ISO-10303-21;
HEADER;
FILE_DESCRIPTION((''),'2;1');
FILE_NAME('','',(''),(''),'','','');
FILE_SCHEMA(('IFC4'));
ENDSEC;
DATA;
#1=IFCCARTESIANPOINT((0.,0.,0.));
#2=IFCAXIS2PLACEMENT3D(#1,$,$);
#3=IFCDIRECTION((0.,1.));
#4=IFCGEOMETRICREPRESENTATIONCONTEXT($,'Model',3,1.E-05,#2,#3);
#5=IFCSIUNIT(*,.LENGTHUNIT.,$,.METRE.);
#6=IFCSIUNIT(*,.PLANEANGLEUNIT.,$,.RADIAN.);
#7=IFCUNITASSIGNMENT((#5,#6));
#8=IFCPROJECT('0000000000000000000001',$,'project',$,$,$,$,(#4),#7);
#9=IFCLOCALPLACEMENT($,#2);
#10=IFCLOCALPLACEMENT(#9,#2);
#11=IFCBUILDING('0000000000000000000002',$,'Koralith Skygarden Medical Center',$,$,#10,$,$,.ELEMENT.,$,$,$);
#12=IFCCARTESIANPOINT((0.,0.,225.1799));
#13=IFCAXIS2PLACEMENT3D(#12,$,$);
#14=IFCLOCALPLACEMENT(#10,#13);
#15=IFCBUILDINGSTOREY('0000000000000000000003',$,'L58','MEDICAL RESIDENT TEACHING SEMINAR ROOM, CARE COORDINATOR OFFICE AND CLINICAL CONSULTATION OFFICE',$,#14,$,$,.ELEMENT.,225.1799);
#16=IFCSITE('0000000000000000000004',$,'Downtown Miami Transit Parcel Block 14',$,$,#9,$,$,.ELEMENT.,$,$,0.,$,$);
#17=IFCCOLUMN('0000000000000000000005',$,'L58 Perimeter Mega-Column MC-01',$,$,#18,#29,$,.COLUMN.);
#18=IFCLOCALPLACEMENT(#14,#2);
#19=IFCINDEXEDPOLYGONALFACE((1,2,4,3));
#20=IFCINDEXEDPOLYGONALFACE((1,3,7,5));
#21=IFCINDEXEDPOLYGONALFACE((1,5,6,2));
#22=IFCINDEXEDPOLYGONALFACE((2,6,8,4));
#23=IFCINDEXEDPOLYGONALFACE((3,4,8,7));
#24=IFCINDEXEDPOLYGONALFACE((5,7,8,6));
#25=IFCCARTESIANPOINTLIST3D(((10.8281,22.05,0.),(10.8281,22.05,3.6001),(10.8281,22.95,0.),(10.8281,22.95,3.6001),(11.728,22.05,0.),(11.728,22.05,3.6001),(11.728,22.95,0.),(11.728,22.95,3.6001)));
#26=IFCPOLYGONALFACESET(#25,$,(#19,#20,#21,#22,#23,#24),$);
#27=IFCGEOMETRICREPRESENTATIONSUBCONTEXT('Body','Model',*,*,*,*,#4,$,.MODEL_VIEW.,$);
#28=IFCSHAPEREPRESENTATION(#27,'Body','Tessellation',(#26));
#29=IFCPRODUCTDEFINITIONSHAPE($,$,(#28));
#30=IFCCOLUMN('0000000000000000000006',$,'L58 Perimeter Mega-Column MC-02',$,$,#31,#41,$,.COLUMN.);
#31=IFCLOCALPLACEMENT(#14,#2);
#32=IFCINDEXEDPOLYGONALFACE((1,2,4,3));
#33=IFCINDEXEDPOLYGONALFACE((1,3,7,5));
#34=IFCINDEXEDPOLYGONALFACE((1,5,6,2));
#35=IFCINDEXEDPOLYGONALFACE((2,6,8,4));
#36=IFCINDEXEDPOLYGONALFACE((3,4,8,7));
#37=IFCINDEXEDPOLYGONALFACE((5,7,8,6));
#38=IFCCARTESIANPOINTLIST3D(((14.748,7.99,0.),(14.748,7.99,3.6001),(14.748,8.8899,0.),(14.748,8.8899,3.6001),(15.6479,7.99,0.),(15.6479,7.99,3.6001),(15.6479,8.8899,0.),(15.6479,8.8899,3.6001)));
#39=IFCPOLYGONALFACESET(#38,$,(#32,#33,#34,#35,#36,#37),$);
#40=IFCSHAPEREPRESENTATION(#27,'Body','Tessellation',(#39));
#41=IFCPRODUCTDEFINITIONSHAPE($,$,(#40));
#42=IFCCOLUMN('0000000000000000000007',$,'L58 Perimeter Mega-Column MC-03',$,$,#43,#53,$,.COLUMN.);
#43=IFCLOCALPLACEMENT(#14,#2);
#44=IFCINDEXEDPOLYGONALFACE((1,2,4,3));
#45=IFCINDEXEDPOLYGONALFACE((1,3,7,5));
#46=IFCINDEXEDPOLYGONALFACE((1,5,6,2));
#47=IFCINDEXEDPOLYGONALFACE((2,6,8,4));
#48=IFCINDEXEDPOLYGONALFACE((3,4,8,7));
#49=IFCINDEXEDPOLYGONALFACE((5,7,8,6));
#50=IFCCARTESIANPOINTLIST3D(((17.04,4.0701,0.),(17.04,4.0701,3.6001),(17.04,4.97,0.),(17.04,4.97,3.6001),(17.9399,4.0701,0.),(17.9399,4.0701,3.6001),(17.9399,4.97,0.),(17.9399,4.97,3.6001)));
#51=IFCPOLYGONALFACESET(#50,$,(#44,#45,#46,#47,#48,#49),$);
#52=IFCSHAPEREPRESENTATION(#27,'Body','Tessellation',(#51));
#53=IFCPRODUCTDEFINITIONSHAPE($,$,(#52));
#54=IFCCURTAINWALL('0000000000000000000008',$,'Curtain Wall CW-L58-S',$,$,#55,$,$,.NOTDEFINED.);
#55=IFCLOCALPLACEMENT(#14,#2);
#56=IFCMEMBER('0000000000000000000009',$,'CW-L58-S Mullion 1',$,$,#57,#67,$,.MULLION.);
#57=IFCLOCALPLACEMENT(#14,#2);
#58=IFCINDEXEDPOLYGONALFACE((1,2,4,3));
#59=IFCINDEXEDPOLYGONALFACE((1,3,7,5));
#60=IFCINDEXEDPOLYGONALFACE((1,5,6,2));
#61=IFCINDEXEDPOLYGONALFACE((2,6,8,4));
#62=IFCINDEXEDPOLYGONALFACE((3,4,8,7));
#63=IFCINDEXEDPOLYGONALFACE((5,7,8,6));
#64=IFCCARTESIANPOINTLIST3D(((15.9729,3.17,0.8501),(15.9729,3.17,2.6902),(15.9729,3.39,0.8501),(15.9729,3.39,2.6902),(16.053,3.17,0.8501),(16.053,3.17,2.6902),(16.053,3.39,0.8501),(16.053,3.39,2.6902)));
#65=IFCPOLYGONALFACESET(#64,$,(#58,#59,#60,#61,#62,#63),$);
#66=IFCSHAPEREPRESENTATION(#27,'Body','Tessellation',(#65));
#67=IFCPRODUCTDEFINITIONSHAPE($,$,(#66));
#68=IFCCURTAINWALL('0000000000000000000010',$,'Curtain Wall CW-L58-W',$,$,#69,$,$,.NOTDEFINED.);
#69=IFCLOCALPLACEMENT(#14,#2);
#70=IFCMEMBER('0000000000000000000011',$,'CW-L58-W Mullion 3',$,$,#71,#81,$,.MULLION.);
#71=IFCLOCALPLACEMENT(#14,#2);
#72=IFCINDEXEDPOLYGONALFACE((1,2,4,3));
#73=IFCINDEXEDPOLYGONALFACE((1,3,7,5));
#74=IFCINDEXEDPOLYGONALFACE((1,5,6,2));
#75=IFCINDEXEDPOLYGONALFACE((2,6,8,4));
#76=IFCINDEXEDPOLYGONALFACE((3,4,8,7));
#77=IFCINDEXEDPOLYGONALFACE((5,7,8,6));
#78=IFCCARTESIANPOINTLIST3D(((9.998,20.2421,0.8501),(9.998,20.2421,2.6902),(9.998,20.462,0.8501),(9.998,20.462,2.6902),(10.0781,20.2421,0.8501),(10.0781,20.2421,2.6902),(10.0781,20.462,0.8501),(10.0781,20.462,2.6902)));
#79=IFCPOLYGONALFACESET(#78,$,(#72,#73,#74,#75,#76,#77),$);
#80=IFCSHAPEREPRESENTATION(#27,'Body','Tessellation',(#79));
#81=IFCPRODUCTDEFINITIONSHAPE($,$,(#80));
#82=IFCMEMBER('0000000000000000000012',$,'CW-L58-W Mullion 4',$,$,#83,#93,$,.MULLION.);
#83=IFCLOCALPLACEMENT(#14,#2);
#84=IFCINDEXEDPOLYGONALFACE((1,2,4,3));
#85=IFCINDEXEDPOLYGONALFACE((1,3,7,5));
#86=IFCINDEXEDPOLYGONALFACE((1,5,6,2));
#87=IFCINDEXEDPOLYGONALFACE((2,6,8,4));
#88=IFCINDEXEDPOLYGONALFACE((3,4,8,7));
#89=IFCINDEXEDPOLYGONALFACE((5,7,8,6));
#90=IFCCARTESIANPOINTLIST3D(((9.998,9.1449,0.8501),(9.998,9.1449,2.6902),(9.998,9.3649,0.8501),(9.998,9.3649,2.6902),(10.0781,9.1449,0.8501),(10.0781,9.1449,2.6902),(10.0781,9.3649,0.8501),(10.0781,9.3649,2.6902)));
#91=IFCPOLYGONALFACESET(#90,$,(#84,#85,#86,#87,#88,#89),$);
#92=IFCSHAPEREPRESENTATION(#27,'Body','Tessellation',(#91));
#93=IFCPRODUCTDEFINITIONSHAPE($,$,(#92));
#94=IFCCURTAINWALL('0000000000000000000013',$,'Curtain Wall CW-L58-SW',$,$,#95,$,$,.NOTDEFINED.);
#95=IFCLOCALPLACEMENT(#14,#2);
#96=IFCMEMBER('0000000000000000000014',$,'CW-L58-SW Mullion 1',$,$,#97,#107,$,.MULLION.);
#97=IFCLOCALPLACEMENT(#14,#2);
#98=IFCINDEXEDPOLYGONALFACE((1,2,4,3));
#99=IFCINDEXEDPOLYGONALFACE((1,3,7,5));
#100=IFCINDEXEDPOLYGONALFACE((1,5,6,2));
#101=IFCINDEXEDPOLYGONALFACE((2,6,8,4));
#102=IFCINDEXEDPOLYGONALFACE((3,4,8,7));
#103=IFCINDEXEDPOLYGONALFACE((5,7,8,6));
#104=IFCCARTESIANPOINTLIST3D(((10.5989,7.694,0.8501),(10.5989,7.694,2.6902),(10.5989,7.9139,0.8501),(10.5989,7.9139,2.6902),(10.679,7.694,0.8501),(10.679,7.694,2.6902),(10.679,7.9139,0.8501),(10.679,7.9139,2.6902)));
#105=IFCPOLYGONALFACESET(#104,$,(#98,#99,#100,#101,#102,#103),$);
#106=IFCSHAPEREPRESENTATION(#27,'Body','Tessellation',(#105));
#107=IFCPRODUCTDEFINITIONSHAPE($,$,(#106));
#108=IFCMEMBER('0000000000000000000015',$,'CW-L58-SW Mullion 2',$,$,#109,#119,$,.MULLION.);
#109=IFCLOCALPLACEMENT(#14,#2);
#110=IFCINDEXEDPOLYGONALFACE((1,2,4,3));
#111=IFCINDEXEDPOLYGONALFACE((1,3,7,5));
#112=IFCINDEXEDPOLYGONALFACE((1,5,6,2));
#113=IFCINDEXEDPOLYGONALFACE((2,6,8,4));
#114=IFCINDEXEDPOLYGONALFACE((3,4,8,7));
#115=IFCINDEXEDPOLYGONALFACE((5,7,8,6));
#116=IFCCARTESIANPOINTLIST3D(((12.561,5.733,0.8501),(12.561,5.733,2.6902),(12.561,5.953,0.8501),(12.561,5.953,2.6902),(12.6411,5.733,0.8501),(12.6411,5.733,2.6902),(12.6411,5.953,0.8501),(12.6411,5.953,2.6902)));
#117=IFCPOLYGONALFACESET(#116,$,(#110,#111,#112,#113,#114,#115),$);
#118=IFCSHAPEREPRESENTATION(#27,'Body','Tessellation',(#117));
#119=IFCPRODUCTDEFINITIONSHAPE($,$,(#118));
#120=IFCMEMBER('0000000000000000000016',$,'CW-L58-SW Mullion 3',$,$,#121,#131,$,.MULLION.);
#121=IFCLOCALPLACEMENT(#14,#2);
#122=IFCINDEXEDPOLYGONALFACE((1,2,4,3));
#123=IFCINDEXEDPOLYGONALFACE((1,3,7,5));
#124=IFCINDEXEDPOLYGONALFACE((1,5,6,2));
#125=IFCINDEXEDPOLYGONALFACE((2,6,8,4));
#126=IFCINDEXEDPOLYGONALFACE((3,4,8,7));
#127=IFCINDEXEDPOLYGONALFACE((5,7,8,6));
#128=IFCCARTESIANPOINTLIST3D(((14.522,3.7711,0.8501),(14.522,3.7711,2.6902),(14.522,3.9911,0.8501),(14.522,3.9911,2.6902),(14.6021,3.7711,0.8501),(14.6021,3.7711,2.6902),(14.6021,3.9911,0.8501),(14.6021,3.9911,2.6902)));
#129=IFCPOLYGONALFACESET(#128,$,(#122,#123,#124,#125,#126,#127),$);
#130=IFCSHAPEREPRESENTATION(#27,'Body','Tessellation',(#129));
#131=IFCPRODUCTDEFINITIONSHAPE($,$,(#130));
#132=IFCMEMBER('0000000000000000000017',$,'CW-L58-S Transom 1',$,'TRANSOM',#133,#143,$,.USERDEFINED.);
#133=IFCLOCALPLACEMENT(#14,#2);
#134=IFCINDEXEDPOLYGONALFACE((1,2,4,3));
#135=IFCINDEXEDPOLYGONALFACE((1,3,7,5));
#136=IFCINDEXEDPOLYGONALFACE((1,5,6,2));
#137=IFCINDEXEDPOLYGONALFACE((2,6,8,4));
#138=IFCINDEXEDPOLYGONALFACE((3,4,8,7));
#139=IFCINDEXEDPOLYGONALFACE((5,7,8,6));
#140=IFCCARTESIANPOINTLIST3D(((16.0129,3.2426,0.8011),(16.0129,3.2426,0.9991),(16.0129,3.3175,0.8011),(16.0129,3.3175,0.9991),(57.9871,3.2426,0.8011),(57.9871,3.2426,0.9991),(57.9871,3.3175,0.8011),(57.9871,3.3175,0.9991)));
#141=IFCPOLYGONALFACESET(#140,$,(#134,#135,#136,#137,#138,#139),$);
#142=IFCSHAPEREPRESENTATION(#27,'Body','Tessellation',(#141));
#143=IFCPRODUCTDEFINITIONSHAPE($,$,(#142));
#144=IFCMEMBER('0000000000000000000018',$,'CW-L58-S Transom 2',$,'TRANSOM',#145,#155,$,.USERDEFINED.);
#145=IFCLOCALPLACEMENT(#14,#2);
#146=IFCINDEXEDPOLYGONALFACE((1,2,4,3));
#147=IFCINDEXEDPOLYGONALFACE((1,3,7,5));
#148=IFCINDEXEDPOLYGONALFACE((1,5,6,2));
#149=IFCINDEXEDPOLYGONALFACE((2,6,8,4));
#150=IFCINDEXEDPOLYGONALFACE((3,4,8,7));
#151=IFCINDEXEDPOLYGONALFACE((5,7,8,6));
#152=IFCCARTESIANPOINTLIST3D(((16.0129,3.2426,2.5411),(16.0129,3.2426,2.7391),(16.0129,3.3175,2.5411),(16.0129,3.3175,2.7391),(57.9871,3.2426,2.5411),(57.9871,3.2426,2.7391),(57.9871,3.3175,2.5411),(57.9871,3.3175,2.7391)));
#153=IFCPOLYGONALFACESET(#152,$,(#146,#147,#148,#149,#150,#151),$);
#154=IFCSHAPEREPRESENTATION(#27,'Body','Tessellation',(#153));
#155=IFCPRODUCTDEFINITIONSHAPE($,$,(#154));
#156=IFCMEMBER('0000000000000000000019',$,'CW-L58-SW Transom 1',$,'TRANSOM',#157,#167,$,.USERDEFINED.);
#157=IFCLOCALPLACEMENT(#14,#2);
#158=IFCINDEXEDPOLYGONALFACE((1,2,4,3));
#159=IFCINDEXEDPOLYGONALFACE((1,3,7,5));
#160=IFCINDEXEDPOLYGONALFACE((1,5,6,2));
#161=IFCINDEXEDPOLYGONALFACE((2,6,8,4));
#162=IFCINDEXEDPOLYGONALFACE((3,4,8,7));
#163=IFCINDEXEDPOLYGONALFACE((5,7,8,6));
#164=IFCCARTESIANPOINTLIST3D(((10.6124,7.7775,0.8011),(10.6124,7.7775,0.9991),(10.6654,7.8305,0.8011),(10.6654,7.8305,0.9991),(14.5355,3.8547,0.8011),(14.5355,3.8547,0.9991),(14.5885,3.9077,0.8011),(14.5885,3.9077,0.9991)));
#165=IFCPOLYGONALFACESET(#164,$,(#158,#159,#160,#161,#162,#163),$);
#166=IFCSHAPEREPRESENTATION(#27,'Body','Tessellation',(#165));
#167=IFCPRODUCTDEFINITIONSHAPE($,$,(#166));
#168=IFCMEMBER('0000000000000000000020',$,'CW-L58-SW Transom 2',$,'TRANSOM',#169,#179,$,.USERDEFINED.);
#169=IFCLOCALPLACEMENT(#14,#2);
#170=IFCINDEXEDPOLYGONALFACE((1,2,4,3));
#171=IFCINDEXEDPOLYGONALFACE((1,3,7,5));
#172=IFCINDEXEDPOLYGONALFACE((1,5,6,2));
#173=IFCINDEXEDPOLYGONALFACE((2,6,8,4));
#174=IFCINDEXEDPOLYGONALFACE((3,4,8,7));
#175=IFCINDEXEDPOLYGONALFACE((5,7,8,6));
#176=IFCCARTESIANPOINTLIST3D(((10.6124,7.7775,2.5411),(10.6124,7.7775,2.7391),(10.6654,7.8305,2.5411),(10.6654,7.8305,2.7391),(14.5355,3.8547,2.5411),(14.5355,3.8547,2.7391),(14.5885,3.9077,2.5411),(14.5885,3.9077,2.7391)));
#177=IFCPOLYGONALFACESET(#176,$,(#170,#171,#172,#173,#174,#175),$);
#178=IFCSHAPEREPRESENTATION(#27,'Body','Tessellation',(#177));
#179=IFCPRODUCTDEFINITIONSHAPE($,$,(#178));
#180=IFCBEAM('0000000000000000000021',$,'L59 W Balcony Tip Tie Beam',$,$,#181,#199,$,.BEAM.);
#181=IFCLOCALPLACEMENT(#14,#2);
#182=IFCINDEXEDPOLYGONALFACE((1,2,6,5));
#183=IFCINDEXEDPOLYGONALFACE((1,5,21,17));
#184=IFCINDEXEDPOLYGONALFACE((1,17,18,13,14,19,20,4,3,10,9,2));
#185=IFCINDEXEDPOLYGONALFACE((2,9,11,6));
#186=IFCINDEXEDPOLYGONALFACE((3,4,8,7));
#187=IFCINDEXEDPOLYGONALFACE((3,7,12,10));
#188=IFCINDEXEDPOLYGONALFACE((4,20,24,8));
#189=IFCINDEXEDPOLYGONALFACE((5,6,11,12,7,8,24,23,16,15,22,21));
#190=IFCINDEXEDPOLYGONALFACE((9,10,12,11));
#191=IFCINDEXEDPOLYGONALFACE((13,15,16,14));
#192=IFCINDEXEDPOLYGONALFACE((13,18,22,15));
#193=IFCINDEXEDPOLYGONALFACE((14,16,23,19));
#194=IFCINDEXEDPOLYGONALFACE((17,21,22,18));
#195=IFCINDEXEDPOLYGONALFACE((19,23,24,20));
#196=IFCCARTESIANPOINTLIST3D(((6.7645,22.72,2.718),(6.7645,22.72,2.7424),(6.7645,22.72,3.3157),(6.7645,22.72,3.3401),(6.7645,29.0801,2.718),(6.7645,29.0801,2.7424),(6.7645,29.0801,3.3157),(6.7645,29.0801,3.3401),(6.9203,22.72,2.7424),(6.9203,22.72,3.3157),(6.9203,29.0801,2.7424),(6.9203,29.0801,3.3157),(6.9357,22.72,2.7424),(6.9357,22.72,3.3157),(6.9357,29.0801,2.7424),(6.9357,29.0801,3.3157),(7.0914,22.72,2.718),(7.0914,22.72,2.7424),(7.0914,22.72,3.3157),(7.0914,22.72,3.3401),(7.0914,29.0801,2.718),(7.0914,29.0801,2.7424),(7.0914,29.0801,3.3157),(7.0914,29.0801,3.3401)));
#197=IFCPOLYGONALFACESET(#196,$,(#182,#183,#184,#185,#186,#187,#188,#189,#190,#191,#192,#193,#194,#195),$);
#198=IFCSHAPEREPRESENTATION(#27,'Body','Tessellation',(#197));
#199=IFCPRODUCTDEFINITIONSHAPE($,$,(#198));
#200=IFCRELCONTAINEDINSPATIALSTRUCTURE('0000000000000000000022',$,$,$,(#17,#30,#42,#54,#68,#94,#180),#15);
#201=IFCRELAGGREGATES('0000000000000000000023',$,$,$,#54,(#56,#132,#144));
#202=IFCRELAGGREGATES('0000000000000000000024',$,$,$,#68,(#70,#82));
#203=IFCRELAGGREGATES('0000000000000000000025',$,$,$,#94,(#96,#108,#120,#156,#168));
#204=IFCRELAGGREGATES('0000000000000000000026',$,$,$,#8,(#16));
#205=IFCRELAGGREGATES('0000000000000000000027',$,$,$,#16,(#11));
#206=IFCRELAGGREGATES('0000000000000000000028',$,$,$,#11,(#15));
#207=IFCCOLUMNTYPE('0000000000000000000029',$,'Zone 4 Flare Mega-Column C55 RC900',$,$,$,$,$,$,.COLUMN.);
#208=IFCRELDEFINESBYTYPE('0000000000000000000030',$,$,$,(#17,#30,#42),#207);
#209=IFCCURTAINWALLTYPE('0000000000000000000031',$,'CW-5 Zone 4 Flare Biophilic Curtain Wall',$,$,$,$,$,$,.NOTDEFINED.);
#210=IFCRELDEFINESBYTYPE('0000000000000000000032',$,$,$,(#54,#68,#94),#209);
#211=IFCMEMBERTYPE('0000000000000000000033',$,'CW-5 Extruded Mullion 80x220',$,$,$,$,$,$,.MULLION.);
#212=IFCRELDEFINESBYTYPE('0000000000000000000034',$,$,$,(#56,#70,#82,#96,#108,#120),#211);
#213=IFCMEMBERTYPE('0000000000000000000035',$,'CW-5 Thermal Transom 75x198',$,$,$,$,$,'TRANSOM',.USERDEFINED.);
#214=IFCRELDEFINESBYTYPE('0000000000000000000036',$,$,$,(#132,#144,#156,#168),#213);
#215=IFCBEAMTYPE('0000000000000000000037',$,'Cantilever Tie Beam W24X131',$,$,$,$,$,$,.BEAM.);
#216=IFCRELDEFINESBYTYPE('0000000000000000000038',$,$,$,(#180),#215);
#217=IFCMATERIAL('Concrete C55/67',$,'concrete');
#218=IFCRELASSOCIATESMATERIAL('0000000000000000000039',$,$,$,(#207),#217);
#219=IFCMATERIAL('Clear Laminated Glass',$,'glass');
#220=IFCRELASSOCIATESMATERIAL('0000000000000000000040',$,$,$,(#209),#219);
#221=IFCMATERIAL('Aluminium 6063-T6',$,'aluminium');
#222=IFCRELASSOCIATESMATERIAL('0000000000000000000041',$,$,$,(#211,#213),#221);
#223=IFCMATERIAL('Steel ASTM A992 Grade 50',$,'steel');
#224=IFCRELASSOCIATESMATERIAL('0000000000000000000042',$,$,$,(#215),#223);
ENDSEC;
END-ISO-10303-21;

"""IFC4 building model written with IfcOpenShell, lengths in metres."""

from ifc_helpers import new_model, si_unit, direction, frame, origin, origin_2d, place, context, subcontext, project, spatial, rectangle, i_section, extrude, material, material_profile, profile_set, type_object, element, aggregate, save


model = new_model("IFC4")

# Units and contexts
model_context = context("Model", 3, precision=1e-05, world=origin(), true_north=direction((0.0, 1.0)))
body_context = subcontext(model_context, "Body", "Model", "MODEL_VIEW")
ifc_project = project(units=[si_unit("LENGTHUNIT", "METRE"), si_unit("PLANEANGLEUNIT", "RADIAN")], contexts=[model_context])

# Site, building, storey
site_placement = place(None, origin())
site = spatial("IfcSite", under=ifc_project, at=site_placement, Name="Downtown Miami Transit Parcel Block 14", CompositionType="ELEMENT", RefElevation=0.0)
building_placement = place(site_placement, origin())
building = spatial("IfcBuilding", under=site, at=building_placement, Name="Koralith Skygarden Medical Center", CompositionType="ELEMENT")
storey_placement = place(building_placement, frame((0.0, 0.0, 225.1799)))
storey = spatial("IfcBuildingStorey", under=building, at=storey_placement, Name="L58", Description="MEDICAL RESIDENT TEACHING SEMINAR ROOM, CARE COORDINATOR OFFICE AND CLINICAL CONSULTATION OFFICE", CompositionType="ELEMENT", Elevation=225.1799)

# Columns
ifc_material_1 = material(Name="Concrete C55/67", Category="concrete")
ifc_material_profile_1 = material_profile(ifc_material_1, rectangle(XDim=0.8999, YDim=0.8999, at=origin_2d()), Name="RC900X900")
ifc_profile_set_1 = profile_set([ifc_material_profile_1], Name="Concrete C55/67")
column_type = type_object("IfcColumnType", Name="Zone 4 Flare Mega-Column C55 RC900", PredefinedType="COLUMN", material=ifc_profile_set_1)
for number, where, z_axis, x_axis, name in (
    (1, (11.2781, 22.5, 0.0), (0.0, 0.0, 1.0), (1.0, 0.0, 0.0), "L58 Perimeter Mega-Column MC-01"),
    (2, (15.198, 8.4399, 0.0), (0.0, 0.0, 1.0), (1.0, 0.0, 0.0), "L58 Perimeter Mega-Column MC-02"),
    (3, (17.49, 4.52, 0.0), (0.0, 0.0, 1.0), (1.0, 0.0, 0.0), "L58 Perimeter Mega-Column MC-03"),
):
    element("IfcColumn", number, at=place(storey_placement, frame(where, z_axis=z_axis, x_axis=x_axis)), inside=storey, type_object=column_type, Name=name, PredefinedType="COLUMN", context=body_context, shape_type="SweptSolid", body=[
        extrude(rectangle(XDim=0.8999, YDim=0.8999, at=origin_2d()), origin(), (0.0, 0.0, 1.0), 3.6001),
    ])

# Curtain wall, member
ifc_material_2 = material(Name="Clear Laminated Glass", Category="glass")
curtain_wall_type = type_object("IfcCurtainWallType", Name="CW-5 Zone 4 Flare Biophilic Curtain Wall", PredefinedType="NOTDEFINED", material=ifc_material_2)
curtain_wall_1_placement = place(storey_placement, origin())
curtain_wall_1 = element("IfcCurtainWall", 4, at=curtain_wall_1_placement, inside=storey, type_object=curtain_wall_type, Name="Curtain Wall CW-L58-S", PredefinedType="NOTDEFINED")
ifc_material_3 = material(Name="Aluminium 6063-T6", Category="aluminium")
ifc_material_profile_2 = material_profile(ifc_material_3, rectangle(XDim=0.0801, YDim=0.22, at=origin_2d()), Name="MUL80X220")
ifc_profile_set_2 = profile_set([ifc_material_profile_2], Name="Aluminium 6063-T6")
member_type_1 = type_object("IfcMemberType", Name="CW-5 Extruded Mullion 80x220", PredefinedType="MULLION", material=ifc_profile_set_2)
member_1_placement = place(storey_placement, frame((16.0129, 3.28, 0.8501), z_axis=(0.0, 0.0, 1.0), x_axis=(1.0, 0.0, 0.0)))
member_1 = element("IfcMember", 5, at=member_1_placement, type_object=member_type_1, Name="CW-L58-S Mullion 1", PredefinedType="MULLION", context=body_context, shape_type="SweptSolid", body=[
    extrude(rectangle(XDim=0.0801, YDim=0.22, at=origin_2d()), origin(), (0.0, 0.0, 1.0), 1.8401),
])

# Curtain walls, members
curtain_wall_2_placement = place(storey_placement, origin())
curtain_wall_2 = element("IfcCurtainWall", 6, at=curtain_wall_2_placement, inside=storey, type_object=curtain_wall_type, Name="Curtain Wall CW-L58-W", PredefinedType="NOTDEFINED")
member_2_placement = place(storey_placement, frame((10.0381, 20.3521, 0.8501), z_axis=(0.0, 0.0, 1.0), x_axis=(1.0, 0.0, 0.0)))
member_2 = element("IfcMember", 7, at=member_2_placement, type_object=member_type_1, Name="CW-L58-W Mullion 3", PredefinedType="MULLION", context=body_context, shape_type="SweptSolid", body=[
    extrude(rectangle(XDim=0.0801, YDim=0.22, at=origin_2d()), origin(), (0.0, 0.0, 1.0), 1.8401),
])
member_3_placement = place(storey_placement, frame((10.0381, 9.2549, 0.8501), z_axis=(0.0, 0.0, 1.0), x_axis=(1.0, 0.0, 0.0)))
member_3 = element("IfcMember", 8, at=member_3_placement, type_object=member_type_1, Name="CW-L58-W Mullion 4", PredefinedType="MULLION", context=body_context, shape_type="SweptSolid", body=[
    extrude(rectangle(XDim=0.0801, YDim=0.22, at=origin_2d()), origin(), (0.0, 0.0, 1.0), 1.8401),
])
curtain_wall_3_placement = place(storey_placement, origin())
curtain_wall_3 = element("IfcCurtainWall", 9, at=curtain_wall_3_placement, inside=storey, type_object=curtain_wall_type, Name="Curtain Wall CW-L58-SW", PredefinedType="NOTDEFINED")
member_4_placement = place(storey_placement, frame((10.6389, 7.804, 0.8501), z_axis=(0.0, 0.0, 1.0), x_axis=(1.0, 0.0, 0.0)))
member_4 = element("IfcMember", 10, at=member_4_placement, type_object=member_type_1, Name="CW-L58-SW Mullion 1", PredefinedType="MULLION", context=body_context, shape_type="SweptSolid", body=[
    extrude(rectangle(XDim=0.0801, YDim=0.22, at=origin_2d()), origin(), (0.0, 0.0, 1.0), 1.8401),
])
member_5_placement = place(storey_placement, frame((12.6011, 5.843, 0.8501), z_axis=(0.0, 0.0, 1.0), x_axis=(1.0, 0.0, 0.0)))
member_5 = element("IfcMember", 11, at=member_5_placement, type_object=member_type_1, Name="CW-L58-SW Mullion 2", PredefinedType="MULLION", context=body_context, shape_type="SweptSolid", body=[
    extrude(rectangle(XDim=0.0801, YDim=0.22, at=origin_2d()), origin(), (0.0, 0.0, 1.0), 1.8401),
])
member_6_placement = place(storey_placement, frame((14.562, 3.8811, 0.8501), z_axis=(0.0, 0.0, 1.0), x_axis=(1.0, 0.0, 0.0)))
member_6 = element("IfcMember", 12, at=member_6_placement, type_object=member_type_1, Name="CW-L58-SW Mullion 3", PredefinedType="MULLION", context=body_context, shape_type="SweptSolid", body=[
    extrude(rectangle(XDim=0.0801, YDim=0.22, at=origin_2d()), origin(), (0.0, 0.0, 1.0), 1.8401),
])

# Members
ifc_material_profile_3 = material_profile(ifc_material_3, rectangle(XDim=0.075, YDim=0.198, at=origin_2d()), Name="TRN75X198")
ifc_profile_set_3 = profile_set([ifc_material_profile_3], Name="Aluminium 6063-T6")
member_type_2 = type_object("IfcMemberType", Name="CW-5 Thermal Transom 75x198", ElementType="TRANSOM", PredefinedType="USERDEFINED", material=ifc_profile_set_3)
member_7_placement = place(storey_placement, frame((16.0129, 3.28, 0.9001), z_axis=(1.0, 0.0, 0.0), x_axis=(0.0, 1.0, 0.0)))
member_7 = element("IfcMember", 13, at=member_7_placement, type_object=member_type_2, Name="CW-L58-S Transom 1", ObjectType="TRANSOM", PredefinedType="USERDEFINED", context=body_context, shape_type="SweptSolid", body=[
    extrude(rectangle(XDim=0.075, YDim=0.198, at=origin_2d()), origin(), (0.0, 0.0, 1.0), 41.9741),
])
member_8_placement = place(storey_placement, frame((16.0129, 3.28, 2.6401), z_axis=(1.0, 0.0, 0.0), x_axis=(0.0, 1.0, 0.0)))
member_8 = element("IfcMember", 14, at=member_8_placement, type_object=member_type_2, Name="CW-L58-S Transom 2", ObjectType="TRANSOM", PredefinedType="USERDEFINED", context=body_context, shape_type="SweptSolid", body=[
    extrude(rectangle(XDim=0.075, YDim=0.198, at=origin_2d()), origin(), (0.0, 0.0, 1.0), 41.9741),
])
aggregate(curtain_wall_1, [member_1, member_7, member_8])
member_9_placement = place(storey_placement, frame((10.6389, 7.804, 0.9001), z_axis=(0.707129, -0.707085, 0.0), x_axis=(0.707085, 0.707129, 0.0)))
member_9 = element("IfcMember", 15, at=member_9_placement, type_object=member_type_2, Name="CW-L58-SW Transom 1", ObjectType="TRANSOM", PredefinedType="USERDEFINED", context=body_context, shape_type="SweptSolid", body=[
    extrude(rectangle(XDim=0.075, YDim=0.198, at=origin_2d()), origin(), (0.0, 0.0, 1.0), 5.5479),
])
member_10_placement = place(storey_placement, frame((10.6389, 7.804, 2.6401), z_axis=(0.707129, -0.707085, 0.0), x_axis=(0.707085, 0.707129, 0.0)))
member_10 = element("IfcMember", 16, at=member_10_placement, type_object=member_type_2, Name="CW-L58-SW Transom 2", ObjectType="TRANSOM", PredefinedType="USERDEFINED", context=body_context, shape_type="SweptSolid", body=[
    extrude(rectangle(XDim=0.075, YDim=0.198, at=origin_2d()), origin(), (0.0, 0.0, 1.0), 5.5479),
])

# Beam
ifc_material_4 = material(Name="Steel ASTM A992 Grade 50", Category="steel")
ifc_material_profile_4 = material_profile(ifc_material_4, i_section(OverallWidth=0.3269, OverallDepth=0.6221, WebThickness=0.0154, FlangeThickness=0.0244, at=origin_2d()), Name="W24X131")
ifc_profile_set_4 = profile_set([ifc_material_profile_4], Name="Steel ASTM A992 Grade 50")
beam_type_1 = type_object("IfcBeamType", Name="Cantilever Tie Beam W24X131", PredefinedType="BEAM", material=ifc_profile_set_4)
beam_1_placement = place(storey_placement, frame((6.928, 22.72, 3.0291), z_axis=(0.0, 1.0, 0.0), x_axis=(-1.0, 0.0, 0.0)))
element("IfcBeam", 17, at=beam_1_placement, inside=storey, type_object=beam_type_1, Name="L59 W Balcony Tip Tie Beam", PredefinedType="BEAM", context=body_context, shape_type="SweptSolid", body=[
    extrude(i_section(OverallWidth=0.3269, OverallDepth=0.6221, WebThickness=0.0154, FlangeThickness=0.0244, at=origin_2d()), origin(), (0.0, 0.0, 1.0), 6.3601),
])

aggregate(curtain_wall_2, [member_2, member_3])
aggregate(curtain_wall_3, [member_4, member_5, member_6, member_9, member_10])

save(model, "model.ifc")
